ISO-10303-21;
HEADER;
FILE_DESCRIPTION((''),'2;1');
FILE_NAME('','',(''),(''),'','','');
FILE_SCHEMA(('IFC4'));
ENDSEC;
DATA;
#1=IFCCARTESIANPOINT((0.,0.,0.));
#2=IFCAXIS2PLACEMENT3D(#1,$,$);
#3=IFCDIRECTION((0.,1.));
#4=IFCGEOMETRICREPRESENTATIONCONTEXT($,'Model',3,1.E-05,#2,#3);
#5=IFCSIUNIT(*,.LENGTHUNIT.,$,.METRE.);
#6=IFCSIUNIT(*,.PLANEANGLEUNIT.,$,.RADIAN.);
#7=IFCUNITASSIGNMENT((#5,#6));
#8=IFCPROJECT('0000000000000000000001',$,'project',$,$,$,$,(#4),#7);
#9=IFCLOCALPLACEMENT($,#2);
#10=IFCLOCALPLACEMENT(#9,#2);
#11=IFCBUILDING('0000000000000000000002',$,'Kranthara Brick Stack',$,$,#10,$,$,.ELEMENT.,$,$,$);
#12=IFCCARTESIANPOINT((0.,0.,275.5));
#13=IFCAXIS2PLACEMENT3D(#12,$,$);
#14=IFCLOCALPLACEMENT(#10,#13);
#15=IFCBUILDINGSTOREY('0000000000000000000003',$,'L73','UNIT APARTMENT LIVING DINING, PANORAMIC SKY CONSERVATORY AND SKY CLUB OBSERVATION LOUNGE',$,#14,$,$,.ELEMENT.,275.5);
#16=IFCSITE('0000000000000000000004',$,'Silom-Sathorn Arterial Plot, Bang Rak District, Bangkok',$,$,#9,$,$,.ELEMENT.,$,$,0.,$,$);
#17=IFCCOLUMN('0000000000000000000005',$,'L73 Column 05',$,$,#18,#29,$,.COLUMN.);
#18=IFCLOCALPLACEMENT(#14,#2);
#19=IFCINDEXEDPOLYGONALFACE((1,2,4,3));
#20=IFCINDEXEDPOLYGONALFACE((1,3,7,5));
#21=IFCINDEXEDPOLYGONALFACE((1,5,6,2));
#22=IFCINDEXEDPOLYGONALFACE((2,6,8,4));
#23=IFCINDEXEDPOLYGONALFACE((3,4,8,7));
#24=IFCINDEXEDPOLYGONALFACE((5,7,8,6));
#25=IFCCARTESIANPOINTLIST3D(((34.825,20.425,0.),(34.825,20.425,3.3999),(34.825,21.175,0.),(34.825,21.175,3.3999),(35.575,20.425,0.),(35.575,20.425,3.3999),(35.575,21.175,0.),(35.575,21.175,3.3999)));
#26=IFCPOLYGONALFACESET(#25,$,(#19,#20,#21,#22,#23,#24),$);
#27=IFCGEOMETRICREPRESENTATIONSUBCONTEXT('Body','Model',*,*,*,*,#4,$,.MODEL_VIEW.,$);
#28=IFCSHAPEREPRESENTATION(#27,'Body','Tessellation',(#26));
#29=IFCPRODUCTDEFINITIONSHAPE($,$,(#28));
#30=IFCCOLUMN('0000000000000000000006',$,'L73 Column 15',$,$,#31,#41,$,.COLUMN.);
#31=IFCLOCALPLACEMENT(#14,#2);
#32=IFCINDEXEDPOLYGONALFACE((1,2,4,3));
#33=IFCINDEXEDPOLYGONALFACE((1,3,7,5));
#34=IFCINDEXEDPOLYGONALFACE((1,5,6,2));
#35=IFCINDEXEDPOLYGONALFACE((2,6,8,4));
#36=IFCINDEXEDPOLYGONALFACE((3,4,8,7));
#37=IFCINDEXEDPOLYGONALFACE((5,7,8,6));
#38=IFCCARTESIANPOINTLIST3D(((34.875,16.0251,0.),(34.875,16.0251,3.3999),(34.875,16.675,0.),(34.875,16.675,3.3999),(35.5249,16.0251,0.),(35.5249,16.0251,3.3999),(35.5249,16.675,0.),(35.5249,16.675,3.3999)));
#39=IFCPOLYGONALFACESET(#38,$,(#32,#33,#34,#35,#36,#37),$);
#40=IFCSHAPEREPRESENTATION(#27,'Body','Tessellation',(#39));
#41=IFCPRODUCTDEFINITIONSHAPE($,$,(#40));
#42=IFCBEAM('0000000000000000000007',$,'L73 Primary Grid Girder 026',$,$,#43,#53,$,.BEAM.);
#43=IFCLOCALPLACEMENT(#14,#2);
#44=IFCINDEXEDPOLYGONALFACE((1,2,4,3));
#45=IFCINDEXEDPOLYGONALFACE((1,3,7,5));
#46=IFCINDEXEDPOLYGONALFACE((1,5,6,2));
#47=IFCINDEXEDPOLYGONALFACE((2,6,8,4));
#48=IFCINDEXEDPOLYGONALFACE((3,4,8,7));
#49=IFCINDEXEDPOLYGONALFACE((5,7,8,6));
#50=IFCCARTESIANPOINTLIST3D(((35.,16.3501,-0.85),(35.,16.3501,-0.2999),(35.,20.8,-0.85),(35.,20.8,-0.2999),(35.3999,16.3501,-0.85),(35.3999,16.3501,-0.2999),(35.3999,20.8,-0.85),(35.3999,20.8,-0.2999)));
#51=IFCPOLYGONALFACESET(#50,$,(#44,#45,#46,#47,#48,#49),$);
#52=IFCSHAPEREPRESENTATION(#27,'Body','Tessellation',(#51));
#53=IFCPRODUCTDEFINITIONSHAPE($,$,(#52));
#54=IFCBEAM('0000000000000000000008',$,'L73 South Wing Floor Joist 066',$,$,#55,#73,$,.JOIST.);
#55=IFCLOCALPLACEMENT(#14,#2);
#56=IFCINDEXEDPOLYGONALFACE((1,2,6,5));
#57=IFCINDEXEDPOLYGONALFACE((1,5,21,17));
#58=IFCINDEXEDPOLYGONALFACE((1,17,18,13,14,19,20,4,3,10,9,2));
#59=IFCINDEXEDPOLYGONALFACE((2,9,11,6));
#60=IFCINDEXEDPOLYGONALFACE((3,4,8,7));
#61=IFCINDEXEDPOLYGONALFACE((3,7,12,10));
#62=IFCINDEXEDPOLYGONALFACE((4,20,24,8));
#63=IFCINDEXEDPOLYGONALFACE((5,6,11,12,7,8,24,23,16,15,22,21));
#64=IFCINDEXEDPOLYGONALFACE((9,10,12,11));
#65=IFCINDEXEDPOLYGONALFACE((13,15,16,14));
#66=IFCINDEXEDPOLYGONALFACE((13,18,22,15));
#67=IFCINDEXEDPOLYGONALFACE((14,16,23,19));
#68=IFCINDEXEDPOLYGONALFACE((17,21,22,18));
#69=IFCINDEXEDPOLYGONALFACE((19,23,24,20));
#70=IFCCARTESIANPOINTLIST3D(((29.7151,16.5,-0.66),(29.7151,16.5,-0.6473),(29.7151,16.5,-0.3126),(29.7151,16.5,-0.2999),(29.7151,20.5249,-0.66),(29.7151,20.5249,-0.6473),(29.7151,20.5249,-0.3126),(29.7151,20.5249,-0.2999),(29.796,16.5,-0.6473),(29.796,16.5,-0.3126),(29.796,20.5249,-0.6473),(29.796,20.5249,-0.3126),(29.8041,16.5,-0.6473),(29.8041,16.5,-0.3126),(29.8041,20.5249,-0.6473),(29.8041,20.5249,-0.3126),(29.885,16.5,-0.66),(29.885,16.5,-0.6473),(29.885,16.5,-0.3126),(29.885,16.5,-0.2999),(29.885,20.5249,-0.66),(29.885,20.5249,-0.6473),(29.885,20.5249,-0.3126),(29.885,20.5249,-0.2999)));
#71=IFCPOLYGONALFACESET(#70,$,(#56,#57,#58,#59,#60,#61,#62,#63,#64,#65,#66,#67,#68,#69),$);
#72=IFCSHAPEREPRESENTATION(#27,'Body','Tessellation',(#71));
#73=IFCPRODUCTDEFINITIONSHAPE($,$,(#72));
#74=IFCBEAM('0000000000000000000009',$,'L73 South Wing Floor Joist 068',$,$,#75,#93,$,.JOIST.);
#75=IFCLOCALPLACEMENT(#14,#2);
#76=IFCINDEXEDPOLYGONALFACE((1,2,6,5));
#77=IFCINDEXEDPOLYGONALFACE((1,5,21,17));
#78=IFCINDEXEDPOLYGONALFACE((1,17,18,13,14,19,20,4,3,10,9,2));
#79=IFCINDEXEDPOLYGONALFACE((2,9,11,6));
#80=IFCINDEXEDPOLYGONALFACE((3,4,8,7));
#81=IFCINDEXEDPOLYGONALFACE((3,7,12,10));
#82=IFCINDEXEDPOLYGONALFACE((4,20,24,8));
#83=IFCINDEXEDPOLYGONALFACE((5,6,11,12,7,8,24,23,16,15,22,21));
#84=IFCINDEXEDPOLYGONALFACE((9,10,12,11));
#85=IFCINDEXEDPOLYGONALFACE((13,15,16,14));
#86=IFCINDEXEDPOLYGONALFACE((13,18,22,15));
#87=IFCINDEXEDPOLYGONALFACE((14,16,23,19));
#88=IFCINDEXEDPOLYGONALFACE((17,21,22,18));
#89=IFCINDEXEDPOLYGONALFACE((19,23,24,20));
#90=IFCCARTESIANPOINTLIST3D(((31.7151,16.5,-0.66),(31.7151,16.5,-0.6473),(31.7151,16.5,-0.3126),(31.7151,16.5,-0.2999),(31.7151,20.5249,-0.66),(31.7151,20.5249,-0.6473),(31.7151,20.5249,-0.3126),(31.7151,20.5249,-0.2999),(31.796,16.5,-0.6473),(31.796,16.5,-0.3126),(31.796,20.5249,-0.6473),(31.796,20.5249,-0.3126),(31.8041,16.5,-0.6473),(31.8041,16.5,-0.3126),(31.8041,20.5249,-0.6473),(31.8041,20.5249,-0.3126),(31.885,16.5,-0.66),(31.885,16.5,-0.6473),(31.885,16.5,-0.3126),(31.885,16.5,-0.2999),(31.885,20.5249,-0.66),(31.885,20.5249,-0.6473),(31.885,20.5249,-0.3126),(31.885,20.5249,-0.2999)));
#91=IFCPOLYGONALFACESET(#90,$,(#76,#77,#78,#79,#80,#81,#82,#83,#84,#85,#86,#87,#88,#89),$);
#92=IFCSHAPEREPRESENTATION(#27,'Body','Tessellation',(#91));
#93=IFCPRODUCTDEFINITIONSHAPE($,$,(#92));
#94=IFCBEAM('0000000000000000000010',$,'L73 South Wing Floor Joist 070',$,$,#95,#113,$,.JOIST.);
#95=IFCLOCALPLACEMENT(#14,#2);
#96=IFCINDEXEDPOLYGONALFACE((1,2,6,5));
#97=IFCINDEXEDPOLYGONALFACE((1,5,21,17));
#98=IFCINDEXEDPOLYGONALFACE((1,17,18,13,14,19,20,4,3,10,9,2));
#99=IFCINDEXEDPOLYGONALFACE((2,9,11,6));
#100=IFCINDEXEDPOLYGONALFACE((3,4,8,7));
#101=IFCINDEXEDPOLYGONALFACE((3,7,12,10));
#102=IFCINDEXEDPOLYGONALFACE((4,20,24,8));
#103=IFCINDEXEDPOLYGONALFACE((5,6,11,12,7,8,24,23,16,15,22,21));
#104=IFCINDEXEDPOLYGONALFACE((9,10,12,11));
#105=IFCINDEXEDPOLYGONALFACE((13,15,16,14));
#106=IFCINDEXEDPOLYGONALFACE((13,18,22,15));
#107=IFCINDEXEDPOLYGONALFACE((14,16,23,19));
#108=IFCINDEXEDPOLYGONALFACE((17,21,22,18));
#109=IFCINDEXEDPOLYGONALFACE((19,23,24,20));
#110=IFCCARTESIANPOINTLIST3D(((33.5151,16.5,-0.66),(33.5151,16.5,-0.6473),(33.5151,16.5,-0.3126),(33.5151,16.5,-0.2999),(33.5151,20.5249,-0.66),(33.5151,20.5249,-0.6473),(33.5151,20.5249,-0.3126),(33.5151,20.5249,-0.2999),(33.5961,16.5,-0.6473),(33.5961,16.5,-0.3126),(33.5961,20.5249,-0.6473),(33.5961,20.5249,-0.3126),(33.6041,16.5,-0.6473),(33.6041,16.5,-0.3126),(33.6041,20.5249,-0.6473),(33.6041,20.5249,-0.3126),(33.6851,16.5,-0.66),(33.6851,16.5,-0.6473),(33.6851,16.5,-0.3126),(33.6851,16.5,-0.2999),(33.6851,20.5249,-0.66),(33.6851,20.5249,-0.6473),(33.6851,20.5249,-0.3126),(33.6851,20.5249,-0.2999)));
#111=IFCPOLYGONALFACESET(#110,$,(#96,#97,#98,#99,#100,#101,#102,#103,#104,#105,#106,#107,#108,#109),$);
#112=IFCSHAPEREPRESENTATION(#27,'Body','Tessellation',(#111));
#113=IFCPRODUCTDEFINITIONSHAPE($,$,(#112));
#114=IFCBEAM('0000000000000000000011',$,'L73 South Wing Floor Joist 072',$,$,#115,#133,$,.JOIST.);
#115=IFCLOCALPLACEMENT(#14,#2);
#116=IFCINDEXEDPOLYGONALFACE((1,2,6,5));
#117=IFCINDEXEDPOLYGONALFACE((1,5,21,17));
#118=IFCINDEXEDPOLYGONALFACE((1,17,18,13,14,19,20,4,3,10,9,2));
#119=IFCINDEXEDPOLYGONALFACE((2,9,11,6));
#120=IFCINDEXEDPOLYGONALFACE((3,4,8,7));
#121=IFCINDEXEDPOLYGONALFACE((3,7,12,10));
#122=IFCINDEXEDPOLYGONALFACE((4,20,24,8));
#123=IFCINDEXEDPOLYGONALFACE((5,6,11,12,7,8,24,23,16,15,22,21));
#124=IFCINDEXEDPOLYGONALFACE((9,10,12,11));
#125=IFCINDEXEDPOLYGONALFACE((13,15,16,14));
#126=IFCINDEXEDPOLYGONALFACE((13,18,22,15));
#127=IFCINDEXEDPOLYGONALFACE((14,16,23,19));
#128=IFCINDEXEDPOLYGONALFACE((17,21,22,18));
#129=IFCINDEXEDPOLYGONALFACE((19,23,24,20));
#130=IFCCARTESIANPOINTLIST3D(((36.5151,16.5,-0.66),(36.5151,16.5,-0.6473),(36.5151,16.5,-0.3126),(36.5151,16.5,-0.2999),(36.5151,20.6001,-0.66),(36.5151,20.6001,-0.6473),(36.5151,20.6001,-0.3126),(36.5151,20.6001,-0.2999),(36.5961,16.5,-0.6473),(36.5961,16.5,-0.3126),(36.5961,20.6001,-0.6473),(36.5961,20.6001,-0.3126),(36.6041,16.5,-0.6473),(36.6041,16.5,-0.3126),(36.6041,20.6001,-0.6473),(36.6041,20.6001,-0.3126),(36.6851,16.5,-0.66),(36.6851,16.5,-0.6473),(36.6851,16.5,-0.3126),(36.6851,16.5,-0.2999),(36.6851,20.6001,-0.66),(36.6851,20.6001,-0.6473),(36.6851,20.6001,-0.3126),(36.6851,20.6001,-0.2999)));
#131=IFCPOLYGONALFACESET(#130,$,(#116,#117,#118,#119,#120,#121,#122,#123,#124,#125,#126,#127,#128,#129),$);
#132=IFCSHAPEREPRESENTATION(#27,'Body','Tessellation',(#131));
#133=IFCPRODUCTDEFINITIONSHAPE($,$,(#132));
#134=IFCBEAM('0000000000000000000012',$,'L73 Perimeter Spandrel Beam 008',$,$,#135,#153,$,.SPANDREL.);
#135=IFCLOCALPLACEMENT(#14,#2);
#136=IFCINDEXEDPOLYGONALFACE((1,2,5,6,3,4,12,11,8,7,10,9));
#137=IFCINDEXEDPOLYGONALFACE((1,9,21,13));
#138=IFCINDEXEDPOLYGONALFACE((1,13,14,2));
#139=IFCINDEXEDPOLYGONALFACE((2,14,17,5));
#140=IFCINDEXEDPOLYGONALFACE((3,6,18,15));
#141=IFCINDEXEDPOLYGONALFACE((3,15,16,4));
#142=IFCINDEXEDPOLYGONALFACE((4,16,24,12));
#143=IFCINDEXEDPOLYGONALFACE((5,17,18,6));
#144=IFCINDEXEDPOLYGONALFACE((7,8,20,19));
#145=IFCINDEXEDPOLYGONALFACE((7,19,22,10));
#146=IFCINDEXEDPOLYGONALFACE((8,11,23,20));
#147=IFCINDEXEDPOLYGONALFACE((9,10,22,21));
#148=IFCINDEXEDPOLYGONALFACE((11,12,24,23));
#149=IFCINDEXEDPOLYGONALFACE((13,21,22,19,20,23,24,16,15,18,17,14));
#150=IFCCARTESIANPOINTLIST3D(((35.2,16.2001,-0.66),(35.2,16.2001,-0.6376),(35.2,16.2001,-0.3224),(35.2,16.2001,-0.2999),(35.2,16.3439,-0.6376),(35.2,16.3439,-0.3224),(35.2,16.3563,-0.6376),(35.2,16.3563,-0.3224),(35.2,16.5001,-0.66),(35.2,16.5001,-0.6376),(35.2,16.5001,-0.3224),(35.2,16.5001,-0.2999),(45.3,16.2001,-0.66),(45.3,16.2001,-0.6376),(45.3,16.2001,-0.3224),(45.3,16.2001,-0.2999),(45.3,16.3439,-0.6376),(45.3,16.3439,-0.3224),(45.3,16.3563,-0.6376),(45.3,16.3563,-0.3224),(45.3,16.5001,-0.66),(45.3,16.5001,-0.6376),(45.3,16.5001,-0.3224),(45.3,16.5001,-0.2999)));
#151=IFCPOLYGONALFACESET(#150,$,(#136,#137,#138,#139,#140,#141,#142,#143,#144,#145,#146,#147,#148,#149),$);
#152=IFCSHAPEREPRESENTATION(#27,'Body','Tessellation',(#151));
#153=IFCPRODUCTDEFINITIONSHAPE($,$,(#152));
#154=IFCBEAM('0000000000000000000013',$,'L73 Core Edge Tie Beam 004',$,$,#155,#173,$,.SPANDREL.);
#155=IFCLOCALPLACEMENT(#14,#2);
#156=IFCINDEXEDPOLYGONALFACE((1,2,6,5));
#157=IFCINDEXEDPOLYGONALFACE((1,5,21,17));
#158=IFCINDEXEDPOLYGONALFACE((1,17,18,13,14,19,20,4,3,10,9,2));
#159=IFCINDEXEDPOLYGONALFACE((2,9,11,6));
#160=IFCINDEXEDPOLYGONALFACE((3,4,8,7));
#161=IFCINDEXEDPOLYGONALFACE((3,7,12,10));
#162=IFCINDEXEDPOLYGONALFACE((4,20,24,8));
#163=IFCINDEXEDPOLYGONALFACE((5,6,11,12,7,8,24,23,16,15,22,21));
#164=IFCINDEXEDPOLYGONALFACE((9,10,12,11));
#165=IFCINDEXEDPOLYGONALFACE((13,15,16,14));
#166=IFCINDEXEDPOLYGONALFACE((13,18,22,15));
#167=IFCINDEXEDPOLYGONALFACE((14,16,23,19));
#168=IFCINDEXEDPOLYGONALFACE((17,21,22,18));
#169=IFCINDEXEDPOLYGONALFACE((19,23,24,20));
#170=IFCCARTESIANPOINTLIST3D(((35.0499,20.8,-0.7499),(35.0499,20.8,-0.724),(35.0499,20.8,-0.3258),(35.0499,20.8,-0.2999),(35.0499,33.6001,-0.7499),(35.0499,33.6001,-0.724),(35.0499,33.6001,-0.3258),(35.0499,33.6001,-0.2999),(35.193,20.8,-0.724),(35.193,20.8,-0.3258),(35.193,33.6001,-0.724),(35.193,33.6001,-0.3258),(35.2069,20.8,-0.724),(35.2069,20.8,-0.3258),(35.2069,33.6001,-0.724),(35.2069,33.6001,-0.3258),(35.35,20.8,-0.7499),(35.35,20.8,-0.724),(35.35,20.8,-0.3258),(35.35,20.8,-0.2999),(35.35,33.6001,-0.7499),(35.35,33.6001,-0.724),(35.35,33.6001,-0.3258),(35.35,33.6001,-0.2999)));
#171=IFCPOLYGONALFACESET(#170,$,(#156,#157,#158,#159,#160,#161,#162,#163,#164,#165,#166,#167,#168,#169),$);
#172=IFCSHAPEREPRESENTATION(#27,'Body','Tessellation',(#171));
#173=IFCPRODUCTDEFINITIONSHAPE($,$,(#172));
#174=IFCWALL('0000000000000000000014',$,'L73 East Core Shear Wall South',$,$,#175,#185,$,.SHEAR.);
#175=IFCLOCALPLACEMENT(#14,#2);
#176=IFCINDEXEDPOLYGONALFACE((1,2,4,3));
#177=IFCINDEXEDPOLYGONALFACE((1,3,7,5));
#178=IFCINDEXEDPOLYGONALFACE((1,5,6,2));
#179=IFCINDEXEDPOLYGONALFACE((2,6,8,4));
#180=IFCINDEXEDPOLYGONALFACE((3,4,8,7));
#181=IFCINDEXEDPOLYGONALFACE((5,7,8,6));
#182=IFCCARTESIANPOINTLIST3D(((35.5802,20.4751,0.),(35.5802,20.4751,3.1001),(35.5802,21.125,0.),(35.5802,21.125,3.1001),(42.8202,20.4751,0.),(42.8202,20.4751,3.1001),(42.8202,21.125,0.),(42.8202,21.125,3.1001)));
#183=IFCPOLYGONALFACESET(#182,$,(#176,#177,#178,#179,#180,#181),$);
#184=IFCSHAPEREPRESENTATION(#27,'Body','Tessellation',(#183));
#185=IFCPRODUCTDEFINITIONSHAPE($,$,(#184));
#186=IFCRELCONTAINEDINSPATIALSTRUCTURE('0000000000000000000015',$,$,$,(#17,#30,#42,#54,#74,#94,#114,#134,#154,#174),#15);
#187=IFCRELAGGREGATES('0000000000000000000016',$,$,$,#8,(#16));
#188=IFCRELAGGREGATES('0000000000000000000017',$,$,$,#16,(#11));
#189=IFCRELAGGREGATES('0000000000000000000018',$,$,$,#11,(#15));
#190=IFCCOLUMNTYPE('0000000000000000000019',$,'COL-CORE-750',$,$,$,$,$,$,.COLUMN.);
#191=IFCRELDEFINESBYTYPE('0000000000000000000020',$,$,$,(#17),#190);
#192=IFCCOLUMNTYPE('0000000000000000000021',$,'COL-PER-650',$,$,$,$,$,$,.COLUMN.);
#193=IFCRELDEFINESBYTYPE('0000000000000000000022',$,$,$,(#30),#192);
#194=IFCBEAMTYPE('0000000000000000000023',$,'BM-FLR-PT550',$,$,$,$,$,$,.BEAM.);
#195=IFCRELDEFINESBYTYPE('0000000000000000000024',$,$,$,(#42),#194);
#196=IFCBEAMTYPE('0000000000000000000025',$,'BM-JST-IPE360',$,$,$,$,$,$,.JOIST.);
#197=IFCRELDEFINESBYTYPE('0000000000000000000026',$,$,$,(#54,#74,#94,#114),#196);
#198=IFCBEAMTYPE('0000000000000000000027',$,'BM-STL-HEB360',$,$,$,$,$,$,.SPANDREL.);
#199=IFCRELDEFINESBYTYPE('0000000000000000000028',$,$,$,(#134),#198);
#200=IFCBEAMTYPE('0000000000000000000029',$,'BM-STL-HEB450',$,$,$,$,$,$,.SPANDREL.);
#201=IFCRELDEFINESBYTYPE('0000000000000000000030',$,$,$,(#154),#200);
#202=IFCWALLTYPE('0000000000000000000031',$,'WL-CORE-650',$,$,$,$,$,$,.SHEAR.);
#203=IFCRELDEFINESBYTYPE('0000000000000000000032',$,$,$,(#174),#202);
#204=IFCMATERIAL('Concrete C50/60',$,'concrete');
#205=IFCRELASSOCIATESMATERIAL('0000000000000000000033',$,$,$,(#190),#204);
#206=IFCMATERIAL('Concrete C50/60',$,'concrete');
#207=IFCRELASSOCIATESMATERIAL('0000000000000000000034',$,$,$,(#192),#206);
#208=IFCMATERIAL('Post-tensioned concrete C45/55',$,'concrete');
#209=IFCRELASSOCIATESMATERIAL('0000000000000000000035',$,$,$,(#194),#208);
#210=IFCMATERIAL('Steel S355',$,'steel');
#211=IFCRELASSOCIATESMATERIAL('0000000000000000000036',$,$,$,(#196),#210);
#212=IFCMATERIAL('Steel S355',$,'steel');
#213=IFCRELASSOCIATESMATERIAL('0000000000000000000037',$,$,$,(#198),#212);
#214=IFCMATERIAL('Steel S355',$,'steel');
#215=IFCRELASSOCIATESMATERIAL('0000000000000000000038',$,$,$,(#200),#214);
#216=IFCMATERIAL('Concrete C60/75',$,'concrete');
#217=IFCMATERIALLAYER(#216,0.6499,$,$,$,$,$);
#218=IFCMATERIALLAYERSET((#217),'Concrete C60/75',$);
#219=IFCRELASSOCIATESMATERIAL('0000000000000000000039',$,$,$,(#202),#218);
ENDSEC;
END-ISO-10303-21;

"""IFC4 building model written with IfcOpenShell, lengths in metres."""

from ifc_helpers import new_model, si_unit, direction, frame, frame_2d, origin, origin_2d, place, context, subcontext, project, spatial, rectangle, i_section, extrude, material, layer, layer_set, material_profile, profile_set, type_object, element, save


model = new_model("IFC4")

# Units and contexts
model_context = context("Model", 3, precision=1e-05, world=origin(), true_north=direction((0.0, 1.0)))
body_context = subcontext(model_context, "Body", "Model", "MODEL_VIEW")
ifc_project = project(units=[si_unit("LENGTHUNIT", "METRE"), si_unit("PLANEANGLEUNIT", "RADIAN")], contexts=[model_context])

# Site, building, storey
site_placement = place(None, origin())
site = spatial("IfcSite", under=ifc_project, at=site_placement, Name="Silom-Sathorn Arterial Plot, Bang Rak District, Bangkok", CompositionType="ELEMENT", RefElevation=0.0)
building_placement = place(site_placement, origin())
building = spatial("IfcBuilding", under=site, at=building_placement, Name="Kranthara Brick Stack", CompositionType="ELEMENT")
storey_placement = place(building_placement, frame((0.0, 0.0, 275.5)))
storey = spatial("IfcBuildingStorey", under=building, at=storey_placement, Name="L73", Description="UNIT APARTMENT LIVING DINING, PANORAMIC SKY CONSERVATORY AND SKY CLUB OBSERVATION LOUNGE", CompositionType="ELEMENT", Elevation=275.5)

# Columns
ifc_material_1 = material(Name="Concrete C50/60", Category="concrete")
ifc_material_profile_1 = material_profile(ifc_material_1, rectangle(XDim=0.75, YDim=0.75, at=origin_2d()), Name="RC 750x750")
ifc_profile_set_1 = profile_set([ifc_material_profile_1], Name="Concrete C50/60")
column_type_1 = type_object("IfcColumnType", Name="COL-CORE-750", PredefinedType="COLUMN", material=ifc_profile_set_1)
column_1_placement = place(storey_placement, frame((35.2, 20.8, 0.0), z_axis=(0.0, 0.0, 1.0), x_axis=(1.0, 0.0, 0.0)))
element("IfcColumn", 1, at=column_1_placement, inside=storey, type_object=column_type_1, Name="L73 Column 05", PredefinedType="COLUMN", context=body_context, shape_type="SweptSolid", body=[
    extrude(rectangle(XDim=0.75, YDim=0.75, at=origin_2d()), origin(), (0.0, 0.0, 1.0), 3.3999),
])
ifc_material_2 = material(Name="Concrete C50/60", Category="concrete")
ifc_material_profile_2 = material_profile(ifc_material_2, rectangle(XDim=0.6499, YDim=0.6499, at=origin_2d()), Name="RC 650x650")
ifc_profile_set_2 = profile_set([ifc_material_profile_2], Name="Concrete C50/60")
column_type_2 = type_object("IfcColumnType", Name="COL-PER-650", PredefinedType="COLUMN", material=ifc_profile_set_2)
column_2_placement = place(storey_placement, frame((35.2, 16.3501, 0.0), z_axis=(0.0, 0.0, 1.0), x_axis=(1.0, 0.0, 0.0)))
element("IfcColumn", 2, at=column_2_placement, inside=storey, type_object=column_type_2, Name="L73 Column 15", PredefinedType="COLUMN", context=body_context, shape_type="SweptSolid", body=[
    extrude(rectangle(XDim=0.6499, YDim=0.6499, at=origin_2d()), origin(), (0.0, 0.0, 1.0), 3.3999),
])

# Beams
ifc_material_3 = material(Name="Post-tensioned concrete C45/55", Category="concrete")
ifc_material_profile_3 = material_profile(ifc_material_3, rectangle(XDim=0.3999, YDim=0.55, at=origin_2d()), Name="PT 400x550")
ifc_profile_set_3 = profile_set([ifc_material_profile_3], Name="Post-tensioned concrete C45/55")
beam_type_1 = type_object("IfcBeamType", Name="BM-FLR-PT550", PredefinedType="BEAM", material=ifc_profile_set_3)
beam_1_placement = place(storey_placement, frame((35.2, 16.3501, -0.575), z_axis=(0.0, 1.0, 0.0), x_axis=(-1.0, 0.0, 0.0)))
element("IfcBeam", 3, at=beam_1_placement, inside=storey, type_object=beam_type_1, Name="L73 Primary Grid Girder 026", PredefinedType="BEAM", context=body_context, shape_type="SweptSolid", body=[
    extrude(rectangle(XDim=0.3999, YDim=0.55, at=origin_2d()), origin(), (0.0, 0.0, 1.0), 4.45),
])
ifc_material_4 = material(Name="Steel S355", Category="steel")
ifc_material_profile_4 = material_profile(ifc_material_4, i_section(OverallWidth=0.1699, OverallDepth=0.3601, WebThickness=0.0081, FlangeThickness=0.0127, at=origin_2d()), Name="IPE 360")
ifc_profile_set_4 = profile_set([ifc_material_profile_4], Name="Steel S355")
beam_type_2 = type_object("IfcBeamType", Name="BM-JST-IPE360", PredefinedType="JOIST", material=ifc_profile_set_4)
for number, where, z_axis, x_axis, name in (
    (4, (29.8, 16.5, -0.48), (0.0, 1.0, 0.0), (-1.0, 0.0, 0.0), "L73 South Wing Floor Joist 066"),
    (5, (31.8, 16.5, -0.48), (0.0, 1.0, 0.0), (-1.0, 0.0, 0.0), "L73 South Wing Floor Joist 068"),
    (6, (33.6001, 16.5, -0.48), (0.0, 1.0, 0.0), (-1.0, 0.0, 0.0), "L73 South Wing Floor Joist 070"),
):
    element("IfcBeam", number, at=place(storey_placement, frame(where, z_axis=z_axis, x_axis=x_axis)), inside=storey, type_object=beam_type_2, Name=name, PredefinedType="JOIST", context=body_context, shape_type="SweptSolid", body=[
        extrude(i_section(OverallWidth=0.1699, OverallDepth=0.3601, WebThickness=0.0081, FlangeThickness=0.0127, at=origin_2d()), origin(), (0.0, 0.0, 1.0), 4.0249),
    ])
beam_2_placement = place(storey_placement, frame((36.6001, 16.5, -0.48), z_axis=(0.0, 1.0, 0.0), x_axis=(-1.0, 0.0, 0.0)))
element("IfcBeam", 7, at=beam_2_placement, inside=storey, type_object=beam_type_2, Name="L73 South Wing Floor Joist 072", PredefinedType="JOIST", context=body_context, shape_type="SweptSolid", body=[
    extrude(i_section(OverallWidth=0.1699, OverallDepth=0.3601, WebThickness=0.0081, FlangeThickness=0.0127, at=origin_2d()), origin(), (0.0, 0.0, 1.0), 4.1001),
])
ifc_material_5 = material(Name="Steel S355", Category="steel")
ifc_material_profile_5 = material_profile(ifc_material_5, i_section(OverallWidth=0.3, OverallDepth=0.3601, WebThickness=0.0125, FlangeThickness=0.0225, at=origin_2d()), Name="HEB 360")
ifc_profile_set_5 = profile_set([ifc_material_profile_5], Name="Steel S355")
beam_type_3 = type_object("IfcBeamType", Name="BM-STL-HEB360", PredefinedType="SPANDREL", material=ifc_profile_set_5)
beam_3_placement = place(storey_placement, frame((35.2, 16.3501, -0.48), z_axis=(1.0, 0.0, 0.0), x_axis=(0.0, 1.0, 0.0)))
element("IfcBeam", 8, at=beam_3_placement, inside=storey, type_object=beam_type_3, Name="L73 Perimeter Spandrel Beam 008", PredefinedType="SPANDREL", context=body_context, shape_type="SweptSolid", body=[
    extrude(i_section(OverallWidth=0.3, OverallDepth=0.3601, WebThickness=0.0125, FlangeThickness=0.0225, at=origin_2d()), origin(), (0.0, 0.0, 1.0), 10.1001),
])
ifc_material_6 = material(Name="Steel S355", Category="steel")
ifc_material_profile_6 = material_profile(ifc_material_6, i_section(OverallWidth=0.3, OverallDepth=0.45, WebThickness=0.0139, FlangeThickness=0.0259, at=origin_2d()), Name="HEB 450")
ifc_profile_set_6 = profile_set([ifc_material_profile_6], Name="Steel S355")
beam_type_4 = type_object("IfcBeamType", Name="BM-STL-HEB450", PredefinedType="SPANDREL", material=ifc_profile_set_6)
beam_4_placement = place(storey_placement, frame((35.2, 20.8, -0.5249), z_axis=(0.0, 1.0, 0.0), x_axis=(-1.0, 0.0, 0.0)))
element("IfcBeam", 9, at=beam_4_placement, inside=storey, type_object=beam_type_4, Name="L73 Core Edge Tie Beam 004", PredefinedType="SPANDREL", context=body_context, shape_type="SweptSolid", body=[
    extrude(i_section(OverallWidth=0.3, OverallDepth=0.45, WebThickness=0.0139, FlangeThickness=0.0259, at=origin_2d()), origin(), (0.0, 0.0, 1.0), 12.8),
])

# Wall
ifc_material_7 = material(Name="Concrete C60/75", Category="concrete")
ifc_layer_1 = layer(ifc_material_7, 0.6499)
ifc_layer_set_1 = layer_set([ifc_layer_1], Name="Concrete C60/75")
wall_type_1 = type_object("IfcWallType", Name="WL-CORE-650", PredefinedType="SHEAR", material=ifc_layer_set_1)
wall_1_placement = place(storey_placement, frame((35.5801, 20.8, 0.0), z_axis=(0.0, 0.0, 1.0), x_axis=(1.0, 0.0, 0.0)))
element("IfcWall", 10, at=wall_1_placement, inside=storey, type_object=wall_type_1, Name="L73 East Core Shear Wall South", PredefinedType="SHEAR", context=body_context, shape_type="SweptSolid", body=[
    extrude(rectangle(XDim=7.24, YDim=0.6499, at=frame_2d((3.6201, 0.0))), origin(), (0.0, 0.0, 1.0), 3.1001),
])

save(model, "model.ifc")
